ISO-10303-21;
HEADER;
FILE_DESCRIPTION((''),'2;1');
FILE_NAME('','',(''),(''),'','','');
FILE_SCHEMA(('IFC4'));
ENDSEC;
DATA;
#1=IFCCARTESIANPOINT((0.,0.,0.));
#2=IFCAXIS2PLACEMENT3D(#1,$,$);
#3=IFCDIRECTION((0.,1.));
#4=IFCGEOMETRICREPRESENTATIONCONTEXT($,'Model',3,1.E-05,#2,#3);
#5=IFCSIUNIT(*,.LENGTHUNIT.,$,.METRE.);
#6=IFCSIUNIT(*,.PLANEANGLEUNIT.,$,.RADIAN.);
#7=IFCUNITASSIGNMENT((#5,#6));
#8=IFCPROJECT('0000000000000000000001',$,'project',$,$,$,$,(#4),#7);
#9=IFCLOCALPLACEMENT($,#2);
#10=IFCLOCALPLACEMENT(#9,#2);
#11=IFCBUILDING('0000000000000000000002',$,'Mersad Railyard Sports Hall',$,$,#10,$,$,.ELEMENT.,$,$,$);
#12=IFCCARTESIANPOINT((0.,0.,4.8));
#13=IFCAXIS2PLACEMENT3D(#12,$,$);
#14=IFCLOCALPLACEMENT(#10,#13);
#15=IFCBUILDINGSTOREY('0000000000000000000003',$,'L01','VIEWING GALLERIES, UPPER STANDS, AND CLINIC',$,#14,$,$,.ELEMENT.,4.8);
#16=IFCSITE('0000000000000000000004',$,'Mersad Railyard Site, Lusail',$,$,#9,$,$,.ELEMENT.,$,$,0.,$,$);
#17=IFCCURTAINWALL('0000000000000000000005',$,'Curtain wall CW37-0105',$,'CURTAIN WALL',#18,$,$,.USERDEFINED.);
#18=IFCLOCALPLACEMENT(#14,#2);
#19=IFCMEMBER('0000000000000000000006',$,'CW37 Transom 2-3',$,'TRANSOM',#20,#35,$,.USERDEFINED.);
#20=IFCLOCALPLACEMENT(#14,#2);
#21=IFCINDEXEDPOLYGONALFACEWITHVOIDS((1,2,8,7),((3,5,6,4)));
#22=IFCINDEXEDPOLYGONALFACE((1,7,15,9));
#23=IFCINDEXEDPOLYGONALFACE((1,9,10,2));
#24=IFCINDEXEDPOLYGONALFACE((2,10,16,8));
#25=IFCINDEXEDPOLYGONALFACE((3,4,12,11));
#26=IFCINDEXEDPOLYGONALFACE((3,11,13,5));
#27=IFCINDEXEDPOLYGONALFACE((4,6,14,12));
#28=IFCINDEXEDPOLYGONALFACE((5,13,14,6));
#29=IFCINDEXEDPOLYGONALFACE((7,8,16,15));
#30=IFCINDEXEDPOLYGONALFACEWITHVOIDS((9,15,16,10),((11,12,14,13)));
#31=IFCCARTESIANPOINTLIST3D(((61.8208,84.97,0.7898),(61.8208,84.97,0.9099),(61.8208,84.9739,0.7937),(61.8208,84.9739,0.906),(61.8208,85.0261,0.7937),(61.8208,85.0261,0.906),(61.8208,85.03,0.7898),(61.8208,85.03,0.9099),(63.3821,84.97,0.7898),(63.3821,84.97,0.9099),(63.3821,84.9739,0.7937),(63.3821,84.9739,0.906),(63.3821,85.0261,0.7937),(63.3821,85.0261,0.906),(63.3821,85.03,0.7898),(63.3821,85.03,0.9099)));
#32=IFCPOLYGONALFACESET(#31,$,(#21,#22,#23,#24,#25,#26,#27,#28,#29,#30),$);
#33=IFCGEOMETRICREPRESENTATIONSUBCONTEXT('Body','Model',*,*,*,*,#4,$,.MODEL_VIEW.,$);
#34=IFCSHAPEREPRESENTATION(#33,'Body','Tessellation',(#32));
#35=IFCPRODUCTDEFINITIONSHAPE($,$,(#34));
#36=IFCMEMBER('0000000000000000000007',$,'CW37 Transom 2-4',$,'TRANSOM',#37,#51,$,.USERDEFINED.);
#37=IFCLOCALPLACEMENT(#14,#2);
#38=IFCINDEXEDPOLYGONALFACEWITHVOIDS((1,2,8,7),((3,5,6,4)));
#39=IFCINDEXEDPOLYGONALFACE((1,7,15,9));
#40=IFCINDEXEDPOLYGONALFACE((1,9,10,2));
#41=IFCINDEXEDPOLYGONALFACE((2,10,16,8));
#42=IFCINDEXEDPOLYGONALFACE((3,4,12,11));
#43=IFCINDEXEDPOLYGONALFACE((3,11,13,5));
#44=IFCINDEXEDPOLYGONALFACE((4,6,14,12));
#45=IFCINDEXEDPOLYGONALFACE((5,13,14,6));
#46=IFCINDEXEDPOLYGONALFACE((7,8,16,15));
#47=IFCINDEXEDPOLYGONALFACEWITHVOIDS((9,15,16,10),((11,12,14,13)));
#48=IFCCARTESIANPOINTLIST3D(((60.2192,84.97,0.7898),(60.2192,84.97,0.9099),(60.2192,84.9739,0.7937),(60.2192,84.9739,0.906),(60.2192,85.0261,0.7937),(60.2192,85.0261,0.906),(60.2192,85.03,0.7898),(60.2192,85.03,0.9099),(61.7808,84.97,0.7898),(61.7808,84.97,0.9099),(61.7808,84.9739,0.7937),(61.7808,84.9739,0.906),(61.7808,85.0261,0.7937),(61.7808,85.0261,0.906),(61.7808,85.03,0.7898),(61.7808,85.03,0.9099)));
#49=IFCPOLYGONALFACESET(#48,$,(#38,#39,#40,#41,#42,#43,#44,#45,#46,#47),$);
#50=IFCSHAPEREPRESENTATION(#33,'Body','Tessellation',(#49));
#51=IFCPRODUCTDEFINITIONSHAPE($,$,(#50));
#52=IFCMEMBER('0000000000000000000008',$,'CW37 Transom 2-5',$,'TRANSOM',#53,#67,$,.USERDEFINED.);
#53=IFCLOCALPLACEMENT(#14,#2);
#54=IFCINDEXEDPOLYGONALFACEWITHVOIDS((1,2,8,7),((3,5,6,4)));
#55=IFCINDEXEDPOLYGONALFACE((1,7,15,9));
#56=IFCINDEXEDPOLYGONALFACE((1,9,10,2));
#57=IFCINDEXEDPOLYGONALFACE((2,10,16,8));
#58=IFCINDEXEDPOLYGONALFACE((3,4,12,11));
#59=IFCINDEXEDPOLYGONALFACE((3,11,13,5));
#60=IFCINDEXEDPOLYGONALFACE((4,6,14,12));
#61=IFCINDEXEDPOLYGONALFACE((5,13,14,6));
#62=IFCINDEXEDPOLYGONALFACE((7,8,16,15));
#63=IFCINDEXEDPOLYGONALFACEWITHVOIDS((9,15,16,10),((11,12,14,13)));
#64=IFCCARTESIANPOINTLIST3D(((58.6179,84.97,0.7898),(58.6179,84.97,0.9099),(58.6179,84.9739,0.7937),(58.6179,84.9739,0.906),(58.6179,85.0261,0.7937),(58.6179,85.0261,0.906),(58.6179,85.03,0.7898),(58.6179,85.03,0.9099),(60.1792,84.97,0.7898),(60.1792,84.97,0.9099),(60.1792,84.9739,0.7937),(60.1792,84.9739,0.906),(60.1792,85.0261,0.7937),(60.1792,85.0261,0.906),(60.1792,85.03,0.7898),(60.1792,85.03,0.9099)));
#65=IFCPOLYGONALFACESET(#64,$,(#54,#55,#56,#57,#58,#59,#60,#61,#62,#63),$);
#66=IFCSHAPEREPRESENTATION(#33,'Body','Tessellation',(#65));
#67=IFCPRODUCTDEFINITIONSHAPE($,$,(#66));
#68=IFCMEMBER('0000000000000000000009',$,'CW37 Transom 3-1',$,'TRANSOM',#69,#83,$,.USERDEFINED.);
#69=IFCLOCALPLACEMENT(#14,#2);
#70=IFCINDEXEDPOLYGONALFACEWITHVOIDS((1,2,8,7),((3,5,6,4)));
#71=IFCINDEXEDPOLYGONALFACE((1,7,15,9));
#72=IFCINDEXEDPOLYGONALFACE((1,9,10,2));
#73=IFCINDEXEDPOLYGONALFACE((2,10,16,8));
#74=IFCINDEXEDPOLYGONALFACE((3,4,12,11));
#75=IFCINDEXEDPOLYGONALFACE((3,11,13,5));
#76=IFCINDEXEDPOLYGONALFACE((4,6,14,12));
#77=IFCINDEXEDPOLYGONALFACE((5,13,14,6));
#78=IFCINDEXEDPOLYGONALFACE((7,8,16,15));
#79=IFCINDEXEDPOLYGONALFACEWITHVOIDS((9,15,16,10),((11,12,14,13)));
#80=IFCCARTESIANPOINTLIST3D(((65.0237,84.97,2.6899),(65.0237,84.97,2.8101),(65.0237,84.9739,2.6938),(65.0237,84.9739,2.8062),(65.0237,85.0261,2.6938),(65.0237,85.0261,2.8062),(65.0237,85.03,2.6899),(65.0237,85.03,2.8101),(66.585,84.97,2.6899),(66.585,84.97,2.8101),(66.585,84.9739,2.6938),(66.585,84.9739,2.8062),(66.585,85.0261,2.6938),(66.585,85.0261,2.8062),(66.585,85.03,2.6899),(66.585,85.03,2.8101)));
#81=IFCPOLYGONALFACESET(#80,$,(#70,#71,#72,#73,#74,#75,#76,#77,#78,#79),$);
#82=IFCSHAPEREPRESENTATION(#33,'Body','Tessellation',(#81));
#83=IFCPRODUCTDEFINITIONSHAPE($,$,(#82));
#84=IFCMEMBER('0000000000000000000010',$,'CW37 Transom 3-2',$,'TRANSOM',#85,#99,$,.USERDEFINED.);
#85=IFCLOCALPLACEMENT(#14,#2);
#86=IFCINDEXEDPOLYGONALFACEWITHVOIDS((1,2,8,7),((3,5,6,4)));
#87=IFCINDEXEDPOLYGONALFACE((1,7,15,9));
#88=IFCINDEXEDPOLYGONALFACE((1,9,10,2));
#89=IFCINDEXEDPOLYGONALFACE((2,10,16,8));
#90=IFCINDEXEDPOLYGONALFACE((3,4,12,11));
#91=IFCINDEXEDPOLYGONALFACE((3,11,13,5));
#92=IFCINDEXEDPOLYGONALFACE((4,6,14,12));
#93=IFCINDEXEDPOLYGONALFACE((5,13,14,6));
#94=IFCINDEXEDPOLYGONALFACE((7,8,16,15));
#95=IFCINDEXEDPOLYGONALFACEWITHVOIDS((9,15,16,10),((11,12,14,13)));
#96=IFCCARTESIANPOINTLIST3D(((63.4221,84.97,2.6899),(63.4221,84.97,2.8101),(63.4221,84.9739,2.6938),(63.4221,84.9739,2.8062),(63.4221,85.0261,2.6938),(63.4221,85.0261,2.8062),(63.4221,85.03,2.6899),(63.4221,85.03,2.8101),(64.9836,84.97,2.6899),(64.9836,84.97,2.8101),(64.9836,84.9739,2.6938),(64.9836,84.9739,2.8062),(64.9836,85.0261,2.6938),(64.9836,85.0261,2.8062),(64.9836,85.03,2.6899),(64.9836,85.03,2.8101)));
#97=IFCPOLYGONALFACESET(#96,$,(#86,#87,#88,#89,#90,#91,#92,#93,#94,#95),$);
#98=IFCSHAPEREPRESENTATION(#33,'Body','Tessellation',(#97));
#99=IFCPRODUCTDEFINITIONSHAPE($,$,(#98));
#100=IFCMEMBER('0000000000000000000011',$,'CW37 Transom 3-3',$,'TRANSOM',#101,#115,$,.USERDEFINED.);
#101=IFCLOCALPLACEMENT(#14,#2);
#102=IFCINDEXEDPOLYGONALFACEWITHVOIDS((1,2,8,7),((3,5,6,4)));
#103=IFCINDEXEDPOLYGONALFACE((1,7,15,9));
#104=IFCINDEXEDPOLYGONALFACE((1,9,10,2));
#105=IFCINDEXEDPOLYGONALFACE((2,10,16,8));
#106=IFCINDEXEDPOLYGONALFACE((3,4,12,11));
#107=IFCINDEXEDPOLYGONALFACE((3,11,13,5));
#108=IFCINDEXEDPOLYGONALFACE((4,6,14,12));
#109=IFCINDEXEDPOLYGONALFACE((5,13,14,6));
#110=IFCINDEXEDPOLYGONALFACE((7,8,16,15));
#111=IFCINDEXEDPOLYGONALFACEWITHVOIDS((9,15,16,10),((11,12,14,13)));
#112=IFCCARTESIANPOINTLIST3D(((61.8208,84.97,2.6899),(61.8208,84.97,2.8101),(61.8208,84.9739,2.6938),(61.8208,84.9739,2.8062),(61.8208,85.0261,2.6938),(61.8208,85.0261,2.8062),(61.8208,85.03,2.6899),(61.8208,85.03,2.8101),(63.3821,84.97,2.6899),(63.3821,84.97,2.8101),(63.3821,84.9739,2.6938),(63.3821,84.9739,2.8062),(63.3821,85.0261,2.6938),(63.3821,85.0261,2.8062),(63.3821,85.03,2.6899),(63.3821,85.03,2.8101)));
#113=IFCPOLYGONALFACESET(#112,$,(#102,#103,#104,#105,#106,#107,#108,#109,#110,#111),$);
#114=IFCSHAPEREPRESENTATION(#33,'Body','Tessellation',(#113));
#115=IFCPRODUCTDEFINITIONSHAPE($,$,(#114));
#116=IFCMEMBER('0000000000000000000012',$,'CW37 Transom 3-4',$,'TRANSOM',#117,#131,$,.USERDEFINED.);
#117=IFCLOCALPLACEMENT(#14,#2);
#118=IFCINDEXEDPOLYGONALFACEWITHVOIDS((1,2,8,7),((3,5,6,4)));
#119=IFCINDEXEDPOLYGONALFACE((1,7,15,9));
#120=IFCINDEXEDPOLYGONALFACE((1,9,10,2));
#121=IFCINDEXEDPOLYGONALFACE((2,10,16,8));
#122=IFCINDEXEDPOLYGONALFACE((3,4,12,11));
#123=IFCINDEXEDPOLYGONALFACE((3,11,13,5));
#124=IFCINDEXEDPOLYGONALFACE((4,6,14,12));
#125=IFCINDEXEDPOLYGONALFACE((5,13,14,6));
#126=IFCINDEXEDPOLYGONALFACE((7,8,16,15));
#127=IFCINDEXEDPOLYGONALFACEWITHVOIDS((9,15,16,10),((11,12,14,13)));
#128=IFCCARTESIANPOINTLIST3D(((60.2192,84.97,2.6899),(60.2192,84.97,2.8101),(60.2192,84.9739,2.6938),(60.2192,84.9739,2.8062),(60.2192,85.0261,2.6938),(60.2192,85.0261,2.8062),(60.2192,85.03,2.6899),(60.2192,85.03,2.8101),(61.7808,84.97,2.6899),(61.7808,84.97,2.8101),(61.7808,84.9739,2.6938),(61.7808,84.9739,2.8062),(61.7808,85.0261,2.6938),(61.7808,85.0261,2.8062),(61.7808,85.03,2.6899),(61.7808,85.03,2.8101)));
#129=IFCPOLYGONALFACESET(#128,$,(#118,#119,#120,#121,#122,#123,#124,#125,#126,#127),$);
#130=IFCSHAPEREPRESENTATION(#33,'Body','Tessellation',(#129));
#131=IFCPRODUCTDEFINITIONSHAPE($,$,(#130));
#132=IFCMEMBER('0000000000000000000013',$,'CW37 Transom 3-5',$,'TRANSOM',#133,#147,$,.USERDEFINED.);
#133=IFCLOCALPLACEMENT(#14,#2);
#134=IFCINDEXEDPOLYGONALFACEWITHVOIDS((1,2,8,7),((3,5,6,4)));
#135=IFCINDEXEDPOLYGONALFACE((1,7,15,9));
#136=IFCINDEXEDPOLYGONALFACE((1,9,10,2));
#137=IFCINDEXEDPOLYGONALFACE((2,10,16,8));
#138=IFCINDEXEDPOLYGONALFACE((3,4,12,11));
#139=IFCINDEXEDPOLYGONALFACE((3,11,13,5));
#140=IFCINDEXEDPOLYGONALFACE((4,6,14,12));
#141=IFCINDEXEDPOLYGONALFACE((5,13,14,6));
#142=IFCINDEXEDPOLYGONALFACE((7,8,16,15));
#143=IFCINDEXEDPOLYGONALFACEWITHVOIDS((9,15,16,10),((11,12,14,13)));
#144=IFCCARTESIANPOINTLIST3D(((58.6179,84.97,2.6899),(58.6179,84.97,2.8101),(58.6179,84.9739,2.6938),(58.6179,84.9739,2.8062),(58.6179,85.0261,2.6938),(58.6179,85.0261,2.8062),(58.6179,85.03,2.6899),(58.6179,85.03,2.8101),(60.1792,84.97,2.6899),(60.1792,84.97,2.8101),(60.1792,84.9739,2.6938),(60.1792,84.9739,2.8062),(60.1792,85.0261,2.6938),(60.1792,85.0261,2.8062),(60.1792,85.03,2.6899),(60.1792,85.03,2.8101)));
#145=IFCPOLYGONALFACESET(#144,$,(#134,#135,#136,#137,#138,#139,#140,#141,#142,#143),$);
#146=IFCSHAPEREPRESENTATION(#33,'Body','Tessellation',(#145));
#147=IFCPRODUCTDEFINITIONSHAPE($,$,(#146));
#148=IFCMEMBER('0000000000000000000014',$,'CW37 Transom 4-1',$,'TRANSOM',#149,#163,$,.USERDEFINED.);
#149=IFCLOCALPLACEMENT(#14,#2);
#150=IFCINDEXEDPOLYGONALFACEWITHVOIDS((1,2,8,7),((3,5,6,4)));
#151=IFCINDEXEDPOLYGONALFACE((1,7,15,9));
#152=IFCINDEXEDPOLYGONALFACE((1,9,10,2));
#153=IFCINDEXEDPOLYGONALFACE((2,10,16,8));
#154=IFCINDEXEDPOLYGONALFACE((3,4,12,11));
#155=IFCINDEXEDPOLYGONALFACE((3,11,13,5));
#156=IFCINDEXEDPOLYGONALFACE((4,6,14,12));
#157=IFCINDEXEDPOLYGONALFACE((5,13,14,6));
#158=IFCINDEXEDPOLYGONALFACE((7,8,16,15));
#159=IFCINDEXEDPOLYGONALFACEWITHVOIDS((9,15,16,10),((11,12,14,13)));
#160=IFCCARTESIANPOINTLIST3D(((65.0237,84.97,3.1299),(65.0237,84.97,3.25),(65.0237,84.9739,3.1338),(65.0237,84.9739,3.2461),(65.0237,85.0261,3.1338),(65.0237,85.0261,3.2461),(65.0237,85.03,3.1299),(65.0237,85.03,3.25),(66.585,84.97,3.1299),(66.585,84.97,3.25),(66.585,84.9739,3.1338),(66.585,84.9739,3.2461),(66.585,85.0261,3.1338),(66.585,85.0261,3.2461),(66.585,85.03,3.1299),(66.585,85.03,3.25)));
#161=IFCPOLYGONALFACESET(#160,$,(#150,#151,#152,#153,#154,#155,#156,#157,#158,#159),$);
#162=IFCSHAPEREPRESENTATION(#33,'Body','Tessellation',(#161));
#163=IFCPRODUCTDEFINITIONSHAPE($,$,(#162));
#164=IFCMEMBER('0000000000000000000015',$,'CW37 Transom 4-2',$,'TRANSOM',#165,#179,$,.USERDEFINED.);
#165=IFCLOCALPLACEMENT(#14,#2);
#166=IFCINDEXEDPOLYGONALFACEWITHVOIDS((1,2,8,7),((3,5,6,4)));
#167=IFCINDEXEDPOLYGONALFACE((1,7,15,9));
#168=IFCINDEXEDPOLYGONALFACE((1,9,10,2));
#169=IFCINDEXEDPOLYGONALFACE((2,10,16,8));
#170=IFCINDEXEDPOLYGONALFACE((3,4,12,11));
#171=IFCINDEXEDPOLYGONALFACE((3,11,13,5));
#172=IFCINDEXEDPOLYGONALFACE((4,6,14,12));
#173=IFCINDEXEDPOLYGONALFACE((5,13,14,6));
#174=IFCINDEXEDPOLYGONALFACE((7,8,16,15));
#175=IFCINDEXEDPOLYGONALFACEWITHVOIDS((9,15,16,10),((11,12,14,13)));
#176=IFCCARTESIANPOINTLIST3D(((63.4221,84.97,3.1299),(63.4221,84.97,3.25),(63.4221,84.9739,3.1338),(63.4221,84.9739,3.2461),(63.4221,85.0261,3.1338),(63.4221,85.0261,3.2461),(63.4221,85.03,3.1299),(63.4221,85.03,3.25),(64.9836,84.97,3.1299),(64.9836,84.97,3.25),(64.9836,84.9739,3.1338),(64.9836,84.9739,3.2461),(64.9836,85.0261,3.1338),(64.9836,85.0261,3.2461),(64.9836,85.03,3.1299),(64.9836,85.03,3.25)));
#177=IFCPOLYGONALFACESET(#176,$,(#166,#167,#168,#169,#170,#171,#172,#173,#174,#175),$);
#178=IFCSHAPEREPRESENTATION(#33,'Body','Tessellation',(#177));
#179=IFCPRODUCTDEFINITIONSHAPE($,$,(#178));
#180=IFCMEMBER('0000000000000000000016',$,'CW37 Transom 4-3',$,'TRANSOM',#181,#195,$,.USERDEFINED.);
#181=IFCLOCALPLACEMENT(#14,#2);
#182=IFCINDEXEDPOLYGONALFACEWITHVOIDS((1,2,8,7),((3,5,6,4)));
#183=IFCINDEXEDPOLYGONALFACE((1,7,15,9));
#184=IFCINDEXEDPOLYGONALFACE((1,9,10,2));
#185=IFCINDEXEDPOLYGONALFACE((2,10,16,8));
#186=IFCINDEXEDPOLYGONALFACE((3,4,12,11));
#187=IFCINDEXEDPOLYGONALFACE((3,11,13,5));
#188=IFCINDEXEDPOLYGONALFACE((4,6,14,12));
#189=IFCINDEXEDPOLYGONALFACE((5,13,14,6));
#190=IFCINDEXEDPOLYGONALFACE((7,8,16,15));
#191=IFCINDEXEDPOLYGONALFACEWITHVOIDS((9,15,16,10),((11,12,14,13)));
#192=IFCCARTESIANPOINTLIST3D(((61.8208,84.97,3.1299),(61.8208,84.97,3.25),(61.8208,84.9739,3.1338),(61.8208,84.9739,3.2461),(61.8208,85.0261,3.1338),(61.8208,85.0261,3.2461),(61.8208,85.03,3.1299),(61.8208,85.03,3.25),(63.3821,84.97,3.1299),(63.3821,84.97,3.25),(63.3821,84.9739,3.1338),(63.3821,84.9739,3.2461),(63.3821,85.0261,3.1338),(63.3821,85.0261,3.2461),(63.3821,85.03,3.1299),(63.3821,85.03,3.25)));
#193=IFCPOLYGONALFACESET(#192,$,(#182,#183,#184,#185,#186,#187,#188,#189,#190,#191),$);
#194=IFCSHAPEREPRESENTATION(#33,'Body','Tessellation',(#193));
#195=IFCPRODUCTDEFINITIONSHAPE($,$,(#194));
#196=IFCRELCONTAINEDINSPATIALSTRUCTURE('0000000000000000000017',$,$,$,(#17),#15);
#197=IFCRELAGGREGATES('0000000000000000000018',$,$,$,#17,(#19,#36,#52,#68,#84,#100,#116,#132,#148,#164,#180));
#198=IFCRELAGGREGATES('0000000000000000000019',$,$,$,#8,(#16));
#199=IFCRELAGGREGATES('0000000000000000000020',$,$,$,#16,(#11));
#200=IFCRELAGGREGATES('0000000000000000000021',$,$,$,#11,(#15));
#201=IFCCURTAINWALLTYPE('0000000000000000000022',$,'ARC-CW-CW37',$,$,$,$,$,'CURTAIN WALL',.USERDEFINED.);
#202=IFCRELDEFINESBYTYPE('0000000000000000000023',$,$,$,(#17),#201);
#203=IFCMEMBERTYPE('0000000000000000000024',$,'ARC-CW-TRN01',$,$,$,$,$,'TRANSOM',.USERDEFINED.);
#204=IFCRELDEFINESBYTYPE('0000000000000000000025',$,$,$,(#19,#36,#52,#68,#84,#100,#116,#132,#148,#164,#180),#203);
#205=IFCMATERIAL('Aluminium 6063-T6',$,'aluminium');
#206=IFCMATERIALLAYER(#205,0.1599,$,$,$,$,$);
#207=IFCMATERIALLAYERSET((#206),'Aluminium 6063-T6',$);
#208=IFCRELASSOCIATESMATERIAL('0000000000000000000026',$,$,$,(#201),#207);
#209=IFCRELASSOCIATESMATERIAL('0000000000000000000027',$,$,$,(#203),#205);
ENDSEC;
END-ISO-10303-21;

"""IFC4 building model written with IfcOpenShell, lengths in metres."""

from ifc_helpers import new_model, si_unit, direction, frame, origin, origin_2d, place, context, subcontext, project, spatial, hollow_rectangle, extrude, material, layer, layer_set, material_profile, profile_set, type_object, element, aggregate, save


model = new_model("IFC4")

# Units and contexts
model_context = context("Model", 3, precision=1e-05, world=origin(), true_north=direction((0.0, 1.0)))
body_context = subcontext(model_context, "Body", "Model", "MODEL_VIEW")
ifc_project = project(units=[si_unit("LENGTHUNIT", "METRE"), si_unit("PLANEANGLEUNIT", "RADIAN")], contexts=[model_context])

# Site, building, storey
site_placement = place(None, origin())
site = spatial("IfcSite", under=ifc_project, at=site_placement, Name="Mersad Railyard Site, Lusail", CompositionType="ELEMENT", RefElevation=0.0)
building_placement = place(site_placement, origin())
building = spatial("IfcBuilding", under=site, at=building_placement, Name="Mersad Railyard Sports Hall", CompositionType="ELEMENT")
storey_placement = place(building_placement, frame((0.0, 0.0, 4.8)))
storey = spatial("IfcBuildingStorey", under=building, at=storey_placement, Name="L01", Description="VIEWING GALLERIES, UPPER STANDS, AND CLINIC", CompositionType="ELEMENT", Elevation=4.8)

# Curtain wall, members
ifc_material_1 = material(Name="Aluminium 6063-T6", Category="aluminium")
ifc_layer_1 = layer(ifc_material_1, 0.1599)
ifc_layer_set_1 = layer_set([ifc_layer_1], Name="Aluminium 6063-T6")
curtain_wall_type = type_object("IfcCurtainWallType", Name="ARC-CW-CW37", ElementType="CURTAIN WALL", PredefinedType="USERDEFINED", material=ifc_layer_set_1)
curtain_wall_placement = place(storey_placement, origin())
curtain_wall = element("IfcCurtainWall", 1, at=curtain_wall_placement, inside=storey, type_object=curtain_wall_type, Name="Curtain wall CW37-0105", ObjectType="CURTAIN WALL", PredefinedType="USERDEFINED")
ifc_material_profile_1 = material_profile(ifc_material_1, hollow_rectangle(XDim=0.0601, YDim=0.1201, WallThickness=0.0039, at=origin_2d()), Name="AL TRANSOM 60x120x4")
ifc_profile_set_1 = profile_set([ifc_material_profile_1], Name="Aluminium 6063-T6")
member_type_1 = type_object("IfcMemberType", Name="ARC-CW-TRN01", ElementType="TRANSOM", PredefinedType="USERDEFINED", material=ifc_profile_set_1)
member_1_placement = place(storey_placement, frame((63.3821, 85.0, 0.8499), z_axis=(-1.0, 0.0, 0.0), x_axis=(0.0, -1.0, 0.0)))
member_1 = element("IfcMember", 2, at=member_1_placement, type_object=member_type_1, Name="CW37 Transom 2-3", ObjectType="TRANSOM", PredefinedType="USERDEFINED", context=body_context, shape_type="SweptSolid", body=[
    extrude(hollow_rectangle(XDim=0.0601, YDim=0.1201, WallThickness=0.0039, at=origin_2d()), origin(), (0.0, 0.0, 1.0), 1.5613),
])
member_2_placement = place(storey_placement, frame((61.7808, 85.0, 0.8499), z_axis=(-1.0, 0.0, 0.0), x_axis=(0.0, -1.0, 0.0)))
member_2 = element("IfcMember", 3, at=member_2_placement, type_object=member_type_1, Name="CW37 Transom 2-4", ObjectType="TRANSOM", PredefinedType="USERDEFINED", context=body_context, shape_type="SweptSolid", body=[
    extrude(hollow_rectangle(XDim=0.0601, YDim=0.1201, WallThickness=0.0039, at=origin_2d()), origin(), (0.0, 0.0, 1.0), 1.5615),
])
member_3_placement = place(storey_placement, frame((60.1792, 85.0, 0.8499), z_axis=(-1.0, 0.0, 0.0), x_axis=(0.0, -1.0, 0.0)))
member_3 = element("IfcMember", 4, at=member_3_placement, type_object=member_type_1, Name="CW37 Transom 2-5", ObjectType="TRANSOM", PredefinedType="USERDEFINED", context=body_context, shape_type="SweptSolid", body=[
    extrude(hollow_rectangle(XDim=0.0601, YDim=0.1201, WallThickness=0.0039, at=origin_2d()), origin(), (0.0, 0.0, 1.0), 1.5613),
])
member_4_placement = place(storey_placement, frame((66.585, 85.0, 2.75), z_axis=(-1.0, 0.0, 0.0), x_axis=(0.0, -1.0, 0.0)))
member_4 = element("IfcMember", 5, at=member_4_placement, type_object=member_type_1, Name="CW37 Transom 3-1", ObjectType="TRANSOM", PredefinedType="USERDEFINED", context=body_context, shape_type="SweptSolid", body=[
    extrude(hollow_rectangle(XDim=0.0601, YDim=0.1201, WallThickness=0.0039, at=origin_2d()), origin(), (0.0, 0.0, 1.0), 1.5613),
])
member_5_placement = place(storey_placement, frame((64.9836, 85.0, 2.75), z_axis=(-1.0, 0.0, 0.0), x_axis=(0.0, -1.0, 0.0)))
member_5 = element("IfcMember", 6, at=member_5_placement, type_object=member_type_1, Name="CW37 Transom 3-2", ObjectType="TRANSOM", PredefinedType="USERDEFINED", context=body_context, shape_type="SweptSolid", body=[
    extrude(hollow_rectangle(XDim=0.0601, YDim=0.1201, WallThickness=0.0039, at=origin_2d()), origin(), (0.0, 0.0, 1.0), 1.5615),
])
member_6_placement = place(storey_placement, frame((63.3821, 85.0, 2.75), z_axis=(-1.0, 0.0, 0.0), x_axis=(0.0, -1.0, 0.0)))
member_6 = element("IfcMember", 7, at=member_6_placement, type_object=member_type_1, Name="CW37 Transom 3-3", ObjectType="TRANSOM", PredefinedType="USERDEFINED", context=body_context, shape_type="SweptSolid", body=[
    extrude(hollow_rectangle(XDim=0.0601, YDim=0.1201, WallThickness=0.0039, at=origin_2d()), origin(), (0.0, 0.0, 1.0), 1.5613),
])
member_7_placement = place(storey_placement, frame((61.7808, 85.0, 2.75), z_axis=(-1.0, 0.0, 0.0), x_axis=(0.0, -1.0, 0.0)))
member_7 = element("IfcMember", 8, at=member_7_placement, type_object=member_type_1, Name="CW37 Transom 3-4", ObjectType="TRANSOM", PredefinedType="USERDEFINED", context=body_context, shape_type="SweptSolid", body=[
    extrude(hollow_rectangle(XDim=0.0601, YDim=0.1201, WallThickness=0.0039, at=origin_2d()), origin(), (0.0, 0.0, 1.0), 1.5615),
])
member_8_placement = place(storey_placement, frame((60.1792, 85.0, 2.75), z_axis=(-1.0, 0.0, 0.0), x_axis=(0.0, -1.0, 0.0)))
member_8 = element("IfcMember", 9, at=member_8_placement, type_object=member_type_1, Name="CW37 Transom 3-5", ObjectType="TRANSOM", PredefinedType="USERDEFINED", context=body_context, shape_type="SweptSolid", body=[
    extrude(hollow_rectangle(XDim=0.0601, YDim=0.1201, WallThickness=0.0039, at=origin_2d()), origin(), (0.0, 0.0, 1.0), 1.5613),
])
member_9_placement = place(storey_placement, frame((66.585, 85.0, 3.1899), z_axis=(-1.0, 0.0, 0.0), x_axis=(0.0, -1.0, 0.0)))
member_9 = element("IfcMember", 10, at=member_9_placement, type_object=member_type_1, Name="CW37 Transom 4-1", ObjectType="TRANSOM", PredefinedType="USERDEFINED", context=body_context, shape_type="SweptSolid", body=[
    extrude(hollow_rectangle(XDim=0.0601, YDim=0.1201, WallThickness=0.0039, at=origin_2d()), origin(), (0.0, 0.0, 1.0), 1.5613),
])
member_10_placement = place(storey_placement, frame((64.9836, 85.0, 3.1899), z_axis=(-1.0, 0.0, 0.0), x_axis=(0.0, -1.0, 0.0)))
member_10 = element("IfcMember", 11, at=member_10_placement, type_object=member_type_1, Name="CW37 Transom 4-2", ObjectType="TRANSOM", PredefinedType="USERDEFINED", context=body_context, shape_type="SweptSolid", body=[
    extrude(hollow_rectangle(XDim=0.0601, YDim=0.1201, WallThickness=0.0039, at=origin_2d()), origin(), (0.0, 0.0, 1.0), 1.5615),
])
member_11_placement = place(storey_placement, frame((63.3821, 85.0, 3.1899), z_axis=(-1.0, 0.0, 0.0), x_axis=(0.0, -1.0, 0.0)))
member_11 = element("IfcMember", 12, at=member_11_placement, type_object=member_type_1, Name="CW37 Transom 4-3", ObjectType="TRANSOM", PredefinedType="USERDEFINED", context=body_context, shape_type="SweptSolid", body=[
    extrude(hollow_rectangle(XDim=0.0601, YDim=0.1201, WallThickness=0.0039, at=origin_2d()), origin(), (0.0, 0.0, 1.0), 1.5613),
])
aggregate(curtain_wall, [member_1, member_2, member_3, member_4, member_5, member_6, member_7, member_8, member_9, member_10, member_11])

save(model, "model.ifc")
